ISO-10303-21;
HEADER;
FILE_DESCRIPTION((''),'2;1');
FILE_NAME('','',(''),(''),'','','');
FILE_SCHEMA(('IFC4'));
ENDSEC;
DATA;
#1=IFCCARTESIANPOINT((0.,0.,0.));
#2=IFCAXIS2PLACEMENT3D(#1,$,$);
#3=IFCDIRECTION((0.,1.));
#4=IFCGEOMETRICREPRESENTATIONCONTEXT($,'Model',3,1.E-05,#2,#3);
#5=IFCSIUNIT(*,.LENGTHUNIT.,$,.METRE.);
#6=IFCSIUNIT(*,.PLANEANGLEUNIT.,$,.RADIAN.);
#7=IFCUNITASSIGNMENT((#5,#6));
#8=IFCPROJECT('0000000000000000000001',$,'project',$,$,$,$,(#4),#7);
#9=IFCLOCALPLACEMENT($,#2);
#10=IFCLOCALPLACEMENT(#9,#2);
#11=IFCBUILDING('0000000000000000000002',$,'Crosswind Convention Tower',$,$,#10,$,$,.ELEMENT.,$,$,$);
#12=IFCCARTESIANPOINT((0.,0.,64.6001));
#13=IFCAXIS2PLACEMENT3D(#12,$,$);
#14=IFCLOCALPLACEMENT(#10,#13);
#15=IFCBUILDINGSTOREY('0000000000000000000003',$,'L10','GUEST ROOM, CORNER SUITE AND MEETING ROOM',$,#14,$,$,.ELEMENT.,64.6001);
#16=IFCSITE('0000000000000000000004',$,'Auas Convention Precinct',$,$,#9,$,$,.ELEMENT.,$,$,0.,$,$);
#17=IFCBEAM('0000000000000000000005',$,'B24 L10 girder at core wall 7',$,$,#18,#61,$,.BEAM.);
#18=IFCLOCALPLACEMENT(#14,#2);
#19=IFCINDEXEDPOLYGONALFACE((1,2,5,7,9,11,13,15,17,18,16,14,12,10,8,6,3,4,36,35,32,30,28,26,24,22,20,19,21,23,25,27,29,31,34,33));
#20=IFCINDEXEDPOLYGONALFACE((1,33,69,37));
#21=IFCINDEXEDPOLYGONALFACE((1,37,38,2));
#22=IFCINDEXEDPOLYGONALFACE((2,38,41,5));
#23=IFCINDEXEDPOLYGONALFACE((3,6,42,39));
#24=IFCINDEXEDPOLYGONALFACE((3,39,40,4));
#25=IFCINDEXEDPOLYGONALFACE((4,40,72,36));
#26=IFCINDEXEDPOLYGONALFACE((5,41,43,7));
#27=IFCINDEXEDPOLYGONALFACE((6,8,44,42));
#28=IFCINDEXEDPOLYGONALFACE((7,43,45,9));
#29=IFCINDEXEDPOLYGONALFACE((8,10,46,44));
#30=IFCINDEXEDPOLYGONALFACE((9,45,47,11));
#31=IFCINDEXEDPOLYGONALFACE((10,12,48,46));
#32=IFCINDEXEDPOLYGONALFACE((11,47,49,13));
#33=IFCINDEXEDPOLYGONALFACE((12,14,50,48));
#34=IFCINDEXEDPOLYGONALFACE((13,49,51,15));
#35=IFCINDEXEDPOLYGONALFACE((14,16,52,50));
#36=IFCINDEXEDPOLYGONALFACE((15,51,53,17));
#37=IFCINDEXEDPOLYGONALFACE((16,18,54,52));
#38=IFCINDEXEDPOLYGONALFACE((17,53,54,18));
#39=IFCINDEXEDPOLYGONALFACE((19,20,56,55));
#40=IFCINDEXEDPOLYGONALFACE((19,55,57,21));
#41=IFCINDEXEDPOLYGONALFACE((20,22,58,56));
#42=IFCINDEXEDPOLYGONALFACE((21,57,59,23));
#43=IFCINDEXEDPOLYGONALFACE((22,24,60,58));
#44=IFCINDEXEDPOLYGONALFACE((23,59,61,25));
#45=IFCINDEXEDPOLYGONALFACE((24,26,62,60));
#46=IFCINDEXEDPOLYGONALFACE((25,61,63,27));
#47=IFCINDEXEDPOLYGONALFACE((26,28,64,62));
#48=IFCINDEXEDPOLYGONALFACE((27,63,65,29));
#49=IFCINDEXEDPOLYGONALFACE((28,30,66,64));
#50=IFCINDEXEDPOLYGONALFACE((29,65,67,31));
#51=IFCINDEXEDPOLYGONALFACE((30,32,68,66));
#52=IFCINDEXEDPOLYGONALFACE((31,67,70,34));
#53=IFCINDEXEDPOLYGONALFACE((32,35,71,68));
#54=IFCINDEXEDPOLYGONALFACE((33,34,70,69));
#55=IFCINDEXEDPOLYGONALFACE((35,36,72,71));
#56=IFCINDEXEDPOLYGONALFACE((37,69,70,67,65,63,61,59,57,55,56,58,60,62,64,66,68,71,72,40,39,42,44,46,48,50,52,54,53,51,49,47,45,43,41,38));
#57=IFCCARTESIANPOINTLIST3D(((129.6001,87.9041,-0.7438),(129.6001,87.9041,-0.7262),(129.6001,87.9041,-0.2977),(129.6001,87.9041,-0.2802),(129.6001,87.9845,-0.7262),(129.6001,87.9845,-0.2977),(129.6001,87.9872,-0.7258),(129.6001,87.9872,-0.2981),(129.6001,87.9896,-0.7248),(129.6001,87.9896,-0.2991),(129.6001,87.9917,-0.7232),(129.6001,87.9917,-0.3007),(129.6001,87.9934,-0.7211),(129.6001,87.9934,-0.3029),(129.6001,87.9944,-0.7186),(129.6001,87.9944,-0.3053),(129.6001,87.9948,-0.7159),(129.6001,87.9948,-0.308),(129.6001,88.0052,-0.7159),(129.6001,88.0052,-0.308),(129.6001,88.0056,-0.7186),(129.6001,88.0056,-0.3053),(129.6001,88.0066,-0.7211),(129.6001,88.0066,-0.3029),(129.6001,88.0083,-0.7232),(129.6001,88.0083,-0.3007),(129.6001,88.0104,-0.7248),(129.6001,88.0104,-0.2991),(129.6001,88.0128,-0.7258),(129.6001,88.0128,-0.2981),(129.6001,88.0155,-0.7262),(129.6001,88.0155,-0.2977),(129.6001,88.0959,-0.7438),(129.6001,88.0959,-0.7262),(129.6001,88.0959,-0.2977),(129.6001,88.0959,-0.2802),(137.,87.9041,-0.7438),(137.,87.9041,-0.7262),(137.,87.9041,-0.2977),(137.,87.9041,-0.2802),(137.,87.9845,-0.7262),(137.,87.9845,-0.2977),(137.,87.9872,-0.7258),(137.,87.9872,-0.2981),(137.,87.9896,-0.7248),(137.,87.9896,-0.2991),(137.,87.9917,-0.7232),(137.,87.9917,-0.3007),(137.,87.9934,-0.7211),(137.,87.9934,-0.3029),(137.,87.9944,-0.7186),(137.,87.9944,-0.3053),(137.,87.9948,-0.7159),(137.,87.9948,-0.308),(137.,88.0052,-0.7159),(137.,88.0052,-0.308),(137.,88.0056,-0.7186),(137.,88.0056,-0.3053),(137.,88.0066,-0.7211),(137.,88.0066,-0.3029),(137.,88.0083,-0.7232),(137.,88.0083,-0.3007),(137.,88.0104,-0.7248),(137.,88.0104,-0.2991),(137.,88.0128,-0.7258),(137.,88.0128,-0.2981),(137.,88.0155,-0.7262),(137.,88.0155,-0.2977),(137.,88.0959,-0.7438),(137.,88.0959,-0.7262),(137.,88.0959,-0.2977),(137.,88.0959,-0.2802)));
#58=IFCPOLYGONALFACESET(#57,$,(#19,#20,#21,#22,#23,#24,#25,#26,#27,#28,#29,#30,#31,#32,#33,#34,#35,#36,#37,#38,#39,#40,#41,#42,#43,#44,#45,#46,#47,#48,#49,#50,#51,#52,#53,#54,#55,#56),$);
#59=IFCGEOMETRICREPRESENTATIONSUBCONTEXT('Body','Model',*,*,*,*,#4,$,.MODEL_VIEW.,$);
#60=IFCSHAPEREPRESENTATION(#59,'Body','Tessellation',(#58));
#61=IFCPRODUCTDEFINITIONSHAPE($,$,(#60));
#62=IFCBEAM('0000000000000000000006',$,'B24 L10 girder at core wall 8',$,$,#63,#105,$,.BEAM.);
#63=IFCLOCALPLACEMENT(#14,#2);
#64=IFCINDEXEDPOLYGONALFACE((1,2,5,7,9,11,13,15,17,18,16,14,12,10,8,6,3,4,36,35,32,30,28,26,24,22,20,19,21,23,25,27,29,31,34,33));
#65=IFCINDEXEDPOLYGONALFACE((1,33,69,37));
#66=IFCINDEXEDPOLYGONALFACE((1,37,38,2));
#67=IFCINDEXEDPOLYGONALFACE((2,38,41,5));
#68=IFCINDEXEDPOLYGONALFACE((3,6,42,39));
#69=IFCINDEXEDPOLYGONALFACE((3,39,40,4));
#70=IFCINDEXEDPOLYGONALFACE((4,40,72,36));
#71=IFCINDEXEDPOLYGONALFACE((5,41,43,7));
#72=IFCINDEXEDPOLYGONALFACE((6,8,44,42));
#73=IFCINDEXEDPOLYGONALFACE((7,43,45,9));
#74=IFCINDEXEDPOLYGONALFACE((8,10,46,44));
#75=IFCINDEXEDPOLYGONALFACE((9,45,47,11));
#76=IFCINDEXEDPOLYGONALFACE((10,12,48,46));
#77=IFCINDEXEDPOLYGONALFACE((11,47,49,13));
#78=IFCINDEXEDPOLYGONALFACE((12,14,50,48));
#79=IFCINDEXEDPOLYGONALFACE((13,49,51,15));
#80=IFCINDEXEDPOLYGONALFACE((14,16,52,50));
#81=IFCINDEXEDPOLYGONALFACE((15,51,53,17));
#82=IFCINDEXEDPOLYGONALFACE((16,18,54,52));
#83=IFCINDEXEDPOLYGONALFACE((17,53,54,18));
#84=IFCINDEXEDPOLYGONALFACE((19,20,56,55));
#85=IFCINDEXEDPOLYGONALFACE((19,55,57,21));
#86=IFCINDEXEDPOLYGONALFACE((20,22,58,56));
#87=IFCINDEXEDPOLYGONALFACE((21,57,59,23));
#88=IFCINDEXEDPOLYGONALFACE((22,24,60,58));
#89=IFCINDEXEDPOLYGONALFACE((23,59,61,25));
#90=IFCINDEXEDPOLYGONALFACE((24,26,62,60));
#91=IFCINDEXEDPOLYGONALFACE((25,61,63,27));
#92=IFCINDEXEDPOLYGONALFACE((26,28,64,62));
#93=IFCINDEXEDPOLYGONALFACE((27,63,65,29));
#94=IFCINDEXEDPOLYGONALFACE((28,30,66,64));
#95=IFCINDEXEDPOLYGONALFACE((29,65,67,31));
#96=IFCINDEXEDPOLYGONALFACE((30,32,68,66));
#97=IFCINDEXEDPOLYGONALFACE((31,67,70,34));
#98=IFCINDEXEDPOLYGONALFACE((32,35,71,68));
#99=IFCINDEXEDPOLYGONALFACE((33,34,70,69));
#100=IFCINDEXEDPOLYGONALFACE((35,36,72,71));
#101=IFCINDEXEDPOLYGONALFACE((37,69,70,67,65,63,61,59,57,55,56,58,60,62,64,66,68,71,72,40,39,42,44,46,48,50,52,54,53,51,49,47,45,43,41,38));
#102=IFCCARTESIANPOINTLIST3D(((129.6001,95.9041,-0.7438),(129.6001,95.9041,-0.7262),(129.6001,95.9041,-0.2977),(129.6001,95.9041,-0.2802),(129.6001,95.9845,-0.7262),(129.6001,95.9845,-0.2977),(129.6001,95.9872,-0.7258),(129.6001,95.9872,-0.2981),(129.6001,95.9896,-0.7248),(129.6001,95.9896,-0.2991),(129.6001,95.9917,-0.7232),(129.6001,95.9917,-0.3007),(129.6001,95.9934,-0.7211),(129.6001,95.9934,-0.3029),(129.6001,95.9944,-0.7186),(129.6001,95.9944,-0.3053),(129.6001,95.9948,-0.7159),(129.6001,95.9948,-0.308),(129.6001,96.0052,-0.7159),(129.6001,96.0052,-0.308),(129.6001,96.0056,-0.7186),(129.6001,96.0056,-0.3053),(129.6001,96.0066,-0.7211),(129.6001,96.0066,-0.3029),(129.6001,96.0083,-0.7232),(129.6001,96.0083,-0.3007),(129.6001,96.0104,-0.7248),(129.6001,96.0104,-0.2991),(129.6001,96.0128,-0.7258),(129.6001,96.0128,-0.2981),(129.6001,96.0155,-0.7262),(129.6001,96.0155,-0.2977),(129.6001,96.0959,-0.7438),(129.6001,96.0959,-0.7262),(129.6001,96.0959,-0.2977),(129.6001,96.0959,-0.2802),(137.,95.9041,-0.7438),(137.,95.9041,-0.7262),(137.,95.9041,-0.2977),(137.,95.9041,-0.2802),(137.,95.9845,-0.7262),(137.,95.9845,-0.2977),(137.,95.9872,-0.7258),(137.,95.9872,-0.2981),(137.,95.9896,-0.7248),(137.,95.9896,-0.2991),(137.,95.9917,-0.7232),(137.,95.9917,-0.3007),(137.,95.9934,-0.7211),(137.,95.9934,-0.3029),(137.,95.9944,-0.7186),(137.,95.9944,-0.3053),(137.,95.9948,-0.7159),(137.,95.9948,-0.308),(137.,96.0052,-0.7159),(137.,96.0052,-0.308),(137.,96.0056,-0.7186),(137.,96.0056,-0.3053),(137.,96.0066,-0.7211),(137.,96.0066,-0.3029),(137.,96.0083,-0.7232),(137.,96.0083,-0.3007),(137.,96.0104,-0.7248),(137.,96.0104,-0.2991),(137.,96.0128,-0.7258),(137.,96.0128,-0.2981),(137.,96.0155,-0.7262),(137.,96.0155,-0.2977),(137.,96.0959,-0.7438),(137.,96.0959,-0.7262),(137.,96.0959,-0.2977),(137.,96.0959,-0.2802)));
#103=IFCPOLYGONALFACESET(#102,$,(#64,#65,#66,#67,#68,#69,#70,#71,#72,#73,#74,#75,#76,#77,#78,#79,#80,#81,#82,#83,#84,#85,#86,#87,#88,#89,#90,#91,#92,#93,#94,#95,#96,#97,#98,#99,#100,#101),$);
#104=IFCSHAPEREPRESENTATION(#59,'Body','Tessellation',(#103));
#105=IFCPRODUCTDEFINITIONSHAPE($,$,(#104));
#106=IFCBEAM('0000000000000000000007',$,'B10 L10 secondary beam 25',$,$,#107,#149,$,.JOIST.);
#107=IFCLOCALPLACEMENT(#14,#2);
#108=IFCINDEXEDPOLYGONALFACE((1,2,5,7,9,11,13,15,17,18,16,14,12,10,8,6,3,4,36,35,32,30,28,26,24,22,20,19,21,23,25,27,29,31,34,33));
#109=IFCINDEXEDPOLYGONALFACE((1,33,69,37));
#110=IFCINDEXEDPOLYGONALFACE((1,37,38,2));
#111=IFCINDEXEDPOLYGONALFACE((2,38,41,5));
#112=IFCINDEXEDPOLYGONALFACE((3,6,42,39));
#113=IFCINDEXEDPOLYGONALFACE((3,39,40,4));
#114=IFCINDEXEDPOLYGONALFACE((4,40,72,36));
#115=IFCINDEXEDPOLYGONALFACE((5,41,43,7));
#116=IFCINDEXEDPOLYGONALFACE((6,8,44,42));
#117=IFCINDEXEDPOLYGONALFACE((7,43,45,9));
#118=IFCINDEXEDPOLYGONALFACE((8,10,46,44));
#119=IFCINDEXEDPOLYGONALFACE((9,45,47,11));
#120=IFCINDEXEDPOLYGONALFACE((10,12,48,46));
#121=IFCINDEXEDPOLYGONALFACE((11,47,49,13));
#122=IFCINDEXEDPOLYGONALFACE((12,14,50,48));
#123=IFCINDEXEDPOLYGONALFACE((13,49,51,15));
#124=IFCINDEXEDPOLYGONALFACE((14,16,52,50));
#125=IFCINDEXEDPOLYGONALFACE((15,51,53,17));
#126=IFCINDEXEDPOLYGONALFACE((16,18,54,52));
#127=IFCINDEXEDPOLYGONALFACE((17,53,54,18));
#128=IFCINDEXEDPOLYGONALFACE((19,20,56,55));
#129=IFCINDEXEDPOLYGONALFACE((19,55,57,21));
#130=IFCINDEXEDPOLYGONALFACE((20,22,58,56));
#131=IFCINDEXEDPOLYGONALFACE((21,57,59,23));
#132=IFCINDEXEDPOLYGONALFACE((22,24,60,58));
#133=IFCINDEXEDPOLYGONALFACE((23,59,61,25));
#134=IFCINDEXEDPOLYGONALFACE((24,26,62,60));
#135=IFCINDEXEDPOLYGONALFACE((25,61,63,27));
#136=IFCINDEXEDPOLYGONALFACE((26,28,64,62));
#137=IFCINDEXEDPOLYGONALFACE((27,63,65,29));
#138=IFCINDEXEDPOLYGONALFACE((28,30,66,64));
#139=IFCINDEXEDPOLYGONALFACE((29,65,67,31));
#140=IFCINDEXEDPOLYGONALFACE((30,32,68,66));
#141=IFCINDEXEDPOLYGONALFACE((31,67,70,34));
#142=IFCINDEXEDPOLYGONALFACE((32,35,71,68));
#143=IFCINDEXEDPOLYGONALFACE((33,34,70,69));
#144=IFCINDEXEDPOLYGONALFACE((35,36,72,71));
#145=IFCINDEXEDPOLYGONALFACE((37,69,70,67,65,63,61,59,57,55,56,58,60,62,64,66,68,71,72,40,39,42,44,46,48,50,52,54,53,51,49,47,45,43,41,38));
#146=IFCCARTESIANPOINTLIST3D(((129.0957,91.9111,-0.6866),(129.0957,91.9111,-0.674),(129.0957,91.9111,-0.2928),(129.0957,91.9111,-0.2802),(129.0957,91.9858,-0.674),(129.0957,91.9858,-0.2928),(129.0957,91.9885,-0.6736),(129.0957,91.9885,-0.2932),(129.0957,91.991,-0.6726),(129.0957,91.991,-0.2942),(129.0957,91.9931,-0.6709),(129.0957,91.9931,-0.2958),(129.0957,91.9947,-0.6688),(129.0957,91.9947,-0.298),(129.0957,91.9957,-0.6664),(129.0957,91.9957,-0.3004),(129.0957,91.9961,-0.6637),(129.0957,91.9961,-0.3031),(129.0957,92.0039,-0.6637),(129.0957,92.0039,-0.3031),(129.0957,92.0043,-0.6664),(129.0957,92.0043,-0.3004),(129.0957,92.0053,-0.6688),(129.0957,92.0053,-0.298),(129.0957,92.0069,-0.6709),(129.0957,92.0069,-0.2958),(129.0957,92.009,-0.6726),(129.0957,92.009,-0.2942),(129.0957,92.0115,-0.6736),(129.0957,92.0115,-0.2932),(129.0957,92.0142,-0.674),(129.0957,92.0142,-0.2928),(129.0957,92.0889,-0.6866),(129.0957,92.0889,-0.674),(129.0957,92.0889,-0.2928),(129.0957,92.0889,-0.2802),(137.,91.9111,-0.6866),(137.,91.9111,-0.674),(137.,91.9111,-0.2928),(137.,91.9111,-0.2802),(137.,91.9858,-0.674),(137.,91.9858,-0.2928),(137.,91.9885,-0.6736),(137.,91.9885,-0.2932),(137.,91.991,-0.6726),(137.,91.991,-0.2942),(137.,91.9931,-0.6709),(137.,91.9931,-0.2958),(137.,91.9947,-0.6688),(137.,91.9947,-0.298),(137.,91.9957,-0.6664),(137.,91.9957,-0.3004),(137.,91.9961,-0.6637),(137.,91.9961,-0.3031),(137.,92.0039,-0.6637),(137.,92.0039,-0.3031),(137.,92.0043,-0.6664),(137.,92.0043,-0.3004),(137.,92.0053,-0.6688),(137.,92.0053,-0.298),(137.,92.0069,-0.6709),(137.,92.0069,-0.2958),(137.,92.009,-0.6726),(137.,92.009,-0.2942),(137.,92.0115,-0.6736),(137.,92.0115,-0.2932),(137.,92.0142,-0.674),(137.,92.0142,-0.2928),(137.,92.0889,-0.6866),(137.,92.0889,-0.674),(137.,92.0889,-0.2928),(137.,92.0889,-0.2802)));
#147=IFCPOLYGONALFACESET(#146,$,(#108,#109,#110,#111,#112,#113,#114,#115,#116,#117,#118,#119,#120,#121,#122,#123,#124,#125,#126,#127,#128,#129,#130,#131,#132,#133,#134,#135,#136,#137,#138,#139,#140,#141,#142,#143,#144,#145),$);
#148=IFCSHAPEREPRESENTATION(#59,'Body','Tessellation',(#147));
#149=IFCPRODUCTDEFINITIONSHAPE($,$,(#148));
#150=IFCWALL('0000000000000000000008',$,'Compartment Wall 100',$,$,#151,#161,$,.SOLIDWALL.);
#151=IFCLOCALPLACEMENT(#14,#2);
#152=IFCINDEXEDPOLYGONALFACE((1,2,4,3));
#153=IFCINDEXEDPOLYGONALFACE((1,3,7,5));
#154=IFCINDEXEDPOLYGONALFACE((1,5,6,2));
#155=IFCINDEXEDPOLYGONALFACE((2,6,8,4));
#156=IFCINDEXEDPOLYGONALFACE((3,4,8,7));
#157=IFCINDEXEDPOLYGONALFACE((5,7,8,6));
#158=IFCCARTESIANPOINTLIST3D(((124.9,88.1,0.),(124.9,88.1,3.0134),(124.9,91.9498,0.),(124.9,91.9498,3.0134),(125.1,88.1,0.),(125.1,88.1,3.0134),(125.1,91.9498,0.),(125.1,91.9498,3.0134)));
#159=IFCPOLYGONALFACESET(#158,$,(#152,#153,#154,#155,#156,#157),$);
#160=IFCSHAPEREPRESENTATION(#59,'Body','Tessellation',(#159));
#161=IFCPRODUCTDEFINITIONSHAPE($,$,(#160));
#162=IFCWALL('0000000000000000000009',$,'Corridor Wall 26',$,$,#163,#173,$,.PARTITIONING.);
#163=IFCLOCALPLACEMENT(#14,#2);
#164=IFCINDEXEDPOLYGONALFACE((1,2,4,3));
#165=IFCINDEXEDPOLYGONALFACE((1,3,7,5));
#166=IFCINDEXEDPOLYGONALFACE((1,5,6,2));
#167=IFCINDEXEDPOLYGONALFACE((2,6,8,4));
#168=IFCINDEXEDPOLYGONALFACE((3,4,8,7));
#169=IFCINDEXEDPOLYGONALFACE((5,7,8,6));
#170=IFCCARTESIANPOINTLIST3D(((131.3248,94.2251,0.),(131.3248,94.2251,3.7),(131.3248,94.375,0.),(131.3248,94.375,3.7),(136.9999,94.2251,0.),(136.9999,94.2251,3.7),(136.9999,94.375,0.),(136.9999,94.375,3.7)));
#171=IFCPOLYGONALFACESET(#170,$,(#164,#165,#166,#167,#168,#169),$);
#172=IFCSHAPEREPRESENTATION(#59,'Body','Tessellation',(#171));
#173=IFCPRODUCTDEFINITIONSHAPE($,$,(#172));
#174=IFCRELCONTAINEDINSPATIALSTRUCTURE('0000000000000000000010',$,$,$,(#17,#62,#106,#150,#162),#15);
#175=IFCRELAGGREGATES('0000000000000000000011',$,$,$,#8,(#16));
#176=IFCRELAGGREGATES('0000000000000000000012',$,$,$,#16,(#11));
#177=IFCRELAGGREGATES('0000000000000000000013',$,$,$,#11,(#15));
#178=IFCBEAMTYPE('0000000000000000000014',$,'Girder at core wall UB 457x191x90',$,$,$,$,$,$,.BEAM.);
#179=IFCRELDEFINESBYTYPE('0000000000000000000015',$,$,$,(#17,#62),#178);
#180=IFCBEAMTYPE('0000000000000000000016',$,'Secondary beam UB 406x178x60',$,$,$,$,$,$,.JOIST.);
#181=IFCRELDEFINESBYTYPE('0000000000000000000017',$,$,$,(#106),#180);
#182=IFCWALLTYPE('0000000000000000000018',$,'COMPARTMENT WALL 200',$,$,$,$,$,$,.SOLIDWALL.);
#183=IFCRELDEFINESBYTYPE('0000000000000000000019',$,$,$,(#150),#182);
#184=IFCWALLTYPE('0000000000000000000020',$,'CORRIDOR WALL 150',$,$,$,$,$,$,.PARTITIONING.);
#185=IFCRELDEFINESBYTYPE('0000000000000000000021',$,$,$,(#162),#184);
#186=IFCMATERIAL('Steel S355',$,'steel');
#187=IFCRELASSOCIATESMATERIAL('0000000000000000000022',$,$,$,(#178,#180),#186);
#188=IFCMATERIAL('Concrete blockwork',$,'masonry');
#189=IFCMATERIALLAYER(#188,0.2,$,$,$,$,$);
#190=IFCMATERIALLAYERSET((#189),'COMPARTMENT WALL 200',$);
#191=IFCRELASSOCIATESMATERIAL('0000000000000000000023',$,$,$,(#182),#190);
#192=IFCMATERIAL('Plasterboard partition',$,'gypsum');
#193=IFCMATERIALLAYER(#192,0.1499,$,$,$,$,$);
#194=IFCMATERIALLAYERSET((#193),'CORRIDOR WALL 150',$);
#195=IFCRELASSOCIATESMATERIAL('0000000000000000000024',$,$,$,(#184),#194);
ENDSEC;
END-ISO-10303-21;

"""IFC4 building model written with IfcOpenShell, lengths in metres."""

from ifc_helpers import new_model, si_unit, direction, frame, frame_2d, origin, origin_2d, place, context, subcontext, project, spatial, rectangle, i_section, extrude, material, layer, layer_set, material_profile, profile_set, type_object, element, save


model = new_model("IFC4")

# Units and contexts
model_context = context("Model", 3, precision=1e-05, world=origin(), true_north=direction((0.0, 1.0)))
body_context = subcontext(model_context, "Body", "Model", "MODEL_VIEW")
ifc_project = project(units=[si_unit("LENGTHUNIT", "METRE"), si_unit("PLANEANGLEUNIT", "RADIAN")], contexts=[model_context])

# Site, building, storey
site_placement = place(None, origin())
site = spatial("IfcSite", under=ifc_project, at=site_placement, Name="Auas Convention Precinct", CompositionType="ELEMENT", RefElevation=0.0)
building_placement = place(site_placement, origin())
building = spatial("IfcBuilding", under=site, at=building_placement, Name="Crosswind Convention Tower", CompositionType="ELEMENT")
storey_placement = place(building_placement, frame((0.0, 0.0, 64.6001)))
storey = spatial("IfcBuildingStorey", under=building, at=storey_placement, Name="L10", Description="GUEST ROOM, CORNER SUITE AND MEETING ROOM", CompositionType="ELEMENT", Elevation=64.6001)

# Beams
ifc_material_1 = material(Name="Steel S355", Category="steel")
ifc_material_profile_1 = material_profile(ifc_material_1, i_section(OverallWidth=0.1919, OverallDepth=0.4636, WebThickness=0.0105, FlangeThickness=0.0176, FilletRadius=0.0103, at=origin_2d()), Name="UB 457x191x90")
ifc_profile_set_1 = profile_set([ifc_material_profile_1], Name="Steel S355")
beam_type_1 = type_object("IfcBeamType", Name="Girder at core wall UB 457x191x90", PredefinedType="BEAM", material=ifc_profile_set_1)
for number, where, z_axis, x_axis, name in (
    (1, (129.6001, 88.0, -0.512), (1.0, 0.0, 0.0), (0.0, 1.0, 0.0), "B24 L10 girder at core wall 7"),
    (2, (129.6001, 96.0, -0.512), (1.0, 0.0, 0.0), (0.0, 1.0, 0.0), "B24 L10 girder at core wall 8"),
):
    element("IfcBeam", number, at=place(storey_placement, frame(where, z_axis=z_axis, x_axis=x_axis)), inside=storey, type_object=beam_type_1, Name=name, PredefinedType="BEAM", context=body_context, shape_type="SweptSolid", body=[
        extrude(i_section(OverallWidth=0.1919, OverallDepth=0.4636, WebThickness=0.0105, FlangeThickness=0.0176, FilletRadius=0.0103, at=origin_2d()), origin(), (0.0, 0.0, 1.0), 7.3999),
    ])
ifc_material_profile_2 = material_profile(ifc_material_1, i_section(OverallWidth=0.1777, OverallDepth=0.4065, WebThickness=0.0078, FlangeThickness=0.0127, FilletRadius=0.0103, at=origin_2d()), Name="UB 406x178x60")
ifc_profile_set_2 = profile_set([ifc_material_profile_2], Name="Steel S355")
beam_type_2 = type_object("IfcBeamType", Name="Secondary beam UB 406x178x60", PredefinedType="JOIST", material=ifc_profile_set_2)
beam_placement = place(storey_placement, frame((129.0957, 92.0, -0.4834), z_axis=(1.0, 0.0, 0.0), x_axis=(0.0, 1.0, 0.0)))
element("IfcBeam", 3, at=beam_placement, inside=storey, type_object=beam_type_2, Name="B10 L10 secondary beam 25", PredefinedType="JOIST", context=body_context, shape_type="SweptSolid", body=[
    extrude(i_section(OverallWidth=0.1777, OverallDepth=0.4065, WebThickness=0.0078, FlangeThickness=0.0127, FilletRadius=0.0103, at=origin_2d()), origin(), (0.0, 0.0, 1.0), 7.9043),
])

# Walls
ifc_material_2 = material(Name="Concrete blockwork", Category="masonry")
ifc_layer_1 = layer(ifc_material_2, 0.2)
ifc_layer_set_1 = layer_set([ifc_layer_1], Name="COMPARTMENT WALL 200")
wall_type_1 = type_object("IfcWallType", Name="COMPARTMENT WALL 200", PredefinedType="SOLIDWALL", material=ifc_layer_set_1)
wall_1_placement = place(storey_placement, frame((125.0, 88.1001, 0.0), z_axis=(0.0, 0.0, 1.0), x_axis=(0.0, 1.0, 0.0)))
element("IfcWall", 4, at=wall_1_placement, inside=storey, type_object=wall_type_1, Name="Compartment Wall 100", PredefinedType="SOLIDWALL", context=body_context, shape_type="SweptSolid", body=[
    extrude(rectangle(XDim=3.8499, YDim=0.2, at=frame_2d((1.9248, 0.0))), origin(), (0.0, 0.0, 1.0), 3.0134),
])
ifc_material_3 = material(Name="Plasterboard partition", Category="gypsum")
ifc_layer_2 = layer(ifc_material_3, 0.1499)
ifc_layer_set_2 = layer_set([ifc_layer_2], Name="CORRIDOR WALL 150")
wall_type_2 = type_object("IfcWallType", Name="CORRIDOR WALL 150", PredefinedType="PARTITIONING", material=ifc_layer_set_2)
wall_2_placement = place(storey_placement, frame((131.325, 94.3, 0.0), z_axis=(0.0, 0.0, 1.0), x_axis=(1.0, 0.0, 0.0)))
element("IfcWall", 5, at=wall_2_placement, inside=storey, type_object=wall_type_2, Name="Corridor Wall 26", PredefinedType="PARTITIONING", context=body_context, shape_type="SweptSolid", body=[
    extrude(rectangle(XDim=5.675, YDim=0.1499, at=frame_2d((2.8374, 0.0))), origin(), (0.0, 0.0, 1.0), 3.7),
])

save(model, "model.ifc")
